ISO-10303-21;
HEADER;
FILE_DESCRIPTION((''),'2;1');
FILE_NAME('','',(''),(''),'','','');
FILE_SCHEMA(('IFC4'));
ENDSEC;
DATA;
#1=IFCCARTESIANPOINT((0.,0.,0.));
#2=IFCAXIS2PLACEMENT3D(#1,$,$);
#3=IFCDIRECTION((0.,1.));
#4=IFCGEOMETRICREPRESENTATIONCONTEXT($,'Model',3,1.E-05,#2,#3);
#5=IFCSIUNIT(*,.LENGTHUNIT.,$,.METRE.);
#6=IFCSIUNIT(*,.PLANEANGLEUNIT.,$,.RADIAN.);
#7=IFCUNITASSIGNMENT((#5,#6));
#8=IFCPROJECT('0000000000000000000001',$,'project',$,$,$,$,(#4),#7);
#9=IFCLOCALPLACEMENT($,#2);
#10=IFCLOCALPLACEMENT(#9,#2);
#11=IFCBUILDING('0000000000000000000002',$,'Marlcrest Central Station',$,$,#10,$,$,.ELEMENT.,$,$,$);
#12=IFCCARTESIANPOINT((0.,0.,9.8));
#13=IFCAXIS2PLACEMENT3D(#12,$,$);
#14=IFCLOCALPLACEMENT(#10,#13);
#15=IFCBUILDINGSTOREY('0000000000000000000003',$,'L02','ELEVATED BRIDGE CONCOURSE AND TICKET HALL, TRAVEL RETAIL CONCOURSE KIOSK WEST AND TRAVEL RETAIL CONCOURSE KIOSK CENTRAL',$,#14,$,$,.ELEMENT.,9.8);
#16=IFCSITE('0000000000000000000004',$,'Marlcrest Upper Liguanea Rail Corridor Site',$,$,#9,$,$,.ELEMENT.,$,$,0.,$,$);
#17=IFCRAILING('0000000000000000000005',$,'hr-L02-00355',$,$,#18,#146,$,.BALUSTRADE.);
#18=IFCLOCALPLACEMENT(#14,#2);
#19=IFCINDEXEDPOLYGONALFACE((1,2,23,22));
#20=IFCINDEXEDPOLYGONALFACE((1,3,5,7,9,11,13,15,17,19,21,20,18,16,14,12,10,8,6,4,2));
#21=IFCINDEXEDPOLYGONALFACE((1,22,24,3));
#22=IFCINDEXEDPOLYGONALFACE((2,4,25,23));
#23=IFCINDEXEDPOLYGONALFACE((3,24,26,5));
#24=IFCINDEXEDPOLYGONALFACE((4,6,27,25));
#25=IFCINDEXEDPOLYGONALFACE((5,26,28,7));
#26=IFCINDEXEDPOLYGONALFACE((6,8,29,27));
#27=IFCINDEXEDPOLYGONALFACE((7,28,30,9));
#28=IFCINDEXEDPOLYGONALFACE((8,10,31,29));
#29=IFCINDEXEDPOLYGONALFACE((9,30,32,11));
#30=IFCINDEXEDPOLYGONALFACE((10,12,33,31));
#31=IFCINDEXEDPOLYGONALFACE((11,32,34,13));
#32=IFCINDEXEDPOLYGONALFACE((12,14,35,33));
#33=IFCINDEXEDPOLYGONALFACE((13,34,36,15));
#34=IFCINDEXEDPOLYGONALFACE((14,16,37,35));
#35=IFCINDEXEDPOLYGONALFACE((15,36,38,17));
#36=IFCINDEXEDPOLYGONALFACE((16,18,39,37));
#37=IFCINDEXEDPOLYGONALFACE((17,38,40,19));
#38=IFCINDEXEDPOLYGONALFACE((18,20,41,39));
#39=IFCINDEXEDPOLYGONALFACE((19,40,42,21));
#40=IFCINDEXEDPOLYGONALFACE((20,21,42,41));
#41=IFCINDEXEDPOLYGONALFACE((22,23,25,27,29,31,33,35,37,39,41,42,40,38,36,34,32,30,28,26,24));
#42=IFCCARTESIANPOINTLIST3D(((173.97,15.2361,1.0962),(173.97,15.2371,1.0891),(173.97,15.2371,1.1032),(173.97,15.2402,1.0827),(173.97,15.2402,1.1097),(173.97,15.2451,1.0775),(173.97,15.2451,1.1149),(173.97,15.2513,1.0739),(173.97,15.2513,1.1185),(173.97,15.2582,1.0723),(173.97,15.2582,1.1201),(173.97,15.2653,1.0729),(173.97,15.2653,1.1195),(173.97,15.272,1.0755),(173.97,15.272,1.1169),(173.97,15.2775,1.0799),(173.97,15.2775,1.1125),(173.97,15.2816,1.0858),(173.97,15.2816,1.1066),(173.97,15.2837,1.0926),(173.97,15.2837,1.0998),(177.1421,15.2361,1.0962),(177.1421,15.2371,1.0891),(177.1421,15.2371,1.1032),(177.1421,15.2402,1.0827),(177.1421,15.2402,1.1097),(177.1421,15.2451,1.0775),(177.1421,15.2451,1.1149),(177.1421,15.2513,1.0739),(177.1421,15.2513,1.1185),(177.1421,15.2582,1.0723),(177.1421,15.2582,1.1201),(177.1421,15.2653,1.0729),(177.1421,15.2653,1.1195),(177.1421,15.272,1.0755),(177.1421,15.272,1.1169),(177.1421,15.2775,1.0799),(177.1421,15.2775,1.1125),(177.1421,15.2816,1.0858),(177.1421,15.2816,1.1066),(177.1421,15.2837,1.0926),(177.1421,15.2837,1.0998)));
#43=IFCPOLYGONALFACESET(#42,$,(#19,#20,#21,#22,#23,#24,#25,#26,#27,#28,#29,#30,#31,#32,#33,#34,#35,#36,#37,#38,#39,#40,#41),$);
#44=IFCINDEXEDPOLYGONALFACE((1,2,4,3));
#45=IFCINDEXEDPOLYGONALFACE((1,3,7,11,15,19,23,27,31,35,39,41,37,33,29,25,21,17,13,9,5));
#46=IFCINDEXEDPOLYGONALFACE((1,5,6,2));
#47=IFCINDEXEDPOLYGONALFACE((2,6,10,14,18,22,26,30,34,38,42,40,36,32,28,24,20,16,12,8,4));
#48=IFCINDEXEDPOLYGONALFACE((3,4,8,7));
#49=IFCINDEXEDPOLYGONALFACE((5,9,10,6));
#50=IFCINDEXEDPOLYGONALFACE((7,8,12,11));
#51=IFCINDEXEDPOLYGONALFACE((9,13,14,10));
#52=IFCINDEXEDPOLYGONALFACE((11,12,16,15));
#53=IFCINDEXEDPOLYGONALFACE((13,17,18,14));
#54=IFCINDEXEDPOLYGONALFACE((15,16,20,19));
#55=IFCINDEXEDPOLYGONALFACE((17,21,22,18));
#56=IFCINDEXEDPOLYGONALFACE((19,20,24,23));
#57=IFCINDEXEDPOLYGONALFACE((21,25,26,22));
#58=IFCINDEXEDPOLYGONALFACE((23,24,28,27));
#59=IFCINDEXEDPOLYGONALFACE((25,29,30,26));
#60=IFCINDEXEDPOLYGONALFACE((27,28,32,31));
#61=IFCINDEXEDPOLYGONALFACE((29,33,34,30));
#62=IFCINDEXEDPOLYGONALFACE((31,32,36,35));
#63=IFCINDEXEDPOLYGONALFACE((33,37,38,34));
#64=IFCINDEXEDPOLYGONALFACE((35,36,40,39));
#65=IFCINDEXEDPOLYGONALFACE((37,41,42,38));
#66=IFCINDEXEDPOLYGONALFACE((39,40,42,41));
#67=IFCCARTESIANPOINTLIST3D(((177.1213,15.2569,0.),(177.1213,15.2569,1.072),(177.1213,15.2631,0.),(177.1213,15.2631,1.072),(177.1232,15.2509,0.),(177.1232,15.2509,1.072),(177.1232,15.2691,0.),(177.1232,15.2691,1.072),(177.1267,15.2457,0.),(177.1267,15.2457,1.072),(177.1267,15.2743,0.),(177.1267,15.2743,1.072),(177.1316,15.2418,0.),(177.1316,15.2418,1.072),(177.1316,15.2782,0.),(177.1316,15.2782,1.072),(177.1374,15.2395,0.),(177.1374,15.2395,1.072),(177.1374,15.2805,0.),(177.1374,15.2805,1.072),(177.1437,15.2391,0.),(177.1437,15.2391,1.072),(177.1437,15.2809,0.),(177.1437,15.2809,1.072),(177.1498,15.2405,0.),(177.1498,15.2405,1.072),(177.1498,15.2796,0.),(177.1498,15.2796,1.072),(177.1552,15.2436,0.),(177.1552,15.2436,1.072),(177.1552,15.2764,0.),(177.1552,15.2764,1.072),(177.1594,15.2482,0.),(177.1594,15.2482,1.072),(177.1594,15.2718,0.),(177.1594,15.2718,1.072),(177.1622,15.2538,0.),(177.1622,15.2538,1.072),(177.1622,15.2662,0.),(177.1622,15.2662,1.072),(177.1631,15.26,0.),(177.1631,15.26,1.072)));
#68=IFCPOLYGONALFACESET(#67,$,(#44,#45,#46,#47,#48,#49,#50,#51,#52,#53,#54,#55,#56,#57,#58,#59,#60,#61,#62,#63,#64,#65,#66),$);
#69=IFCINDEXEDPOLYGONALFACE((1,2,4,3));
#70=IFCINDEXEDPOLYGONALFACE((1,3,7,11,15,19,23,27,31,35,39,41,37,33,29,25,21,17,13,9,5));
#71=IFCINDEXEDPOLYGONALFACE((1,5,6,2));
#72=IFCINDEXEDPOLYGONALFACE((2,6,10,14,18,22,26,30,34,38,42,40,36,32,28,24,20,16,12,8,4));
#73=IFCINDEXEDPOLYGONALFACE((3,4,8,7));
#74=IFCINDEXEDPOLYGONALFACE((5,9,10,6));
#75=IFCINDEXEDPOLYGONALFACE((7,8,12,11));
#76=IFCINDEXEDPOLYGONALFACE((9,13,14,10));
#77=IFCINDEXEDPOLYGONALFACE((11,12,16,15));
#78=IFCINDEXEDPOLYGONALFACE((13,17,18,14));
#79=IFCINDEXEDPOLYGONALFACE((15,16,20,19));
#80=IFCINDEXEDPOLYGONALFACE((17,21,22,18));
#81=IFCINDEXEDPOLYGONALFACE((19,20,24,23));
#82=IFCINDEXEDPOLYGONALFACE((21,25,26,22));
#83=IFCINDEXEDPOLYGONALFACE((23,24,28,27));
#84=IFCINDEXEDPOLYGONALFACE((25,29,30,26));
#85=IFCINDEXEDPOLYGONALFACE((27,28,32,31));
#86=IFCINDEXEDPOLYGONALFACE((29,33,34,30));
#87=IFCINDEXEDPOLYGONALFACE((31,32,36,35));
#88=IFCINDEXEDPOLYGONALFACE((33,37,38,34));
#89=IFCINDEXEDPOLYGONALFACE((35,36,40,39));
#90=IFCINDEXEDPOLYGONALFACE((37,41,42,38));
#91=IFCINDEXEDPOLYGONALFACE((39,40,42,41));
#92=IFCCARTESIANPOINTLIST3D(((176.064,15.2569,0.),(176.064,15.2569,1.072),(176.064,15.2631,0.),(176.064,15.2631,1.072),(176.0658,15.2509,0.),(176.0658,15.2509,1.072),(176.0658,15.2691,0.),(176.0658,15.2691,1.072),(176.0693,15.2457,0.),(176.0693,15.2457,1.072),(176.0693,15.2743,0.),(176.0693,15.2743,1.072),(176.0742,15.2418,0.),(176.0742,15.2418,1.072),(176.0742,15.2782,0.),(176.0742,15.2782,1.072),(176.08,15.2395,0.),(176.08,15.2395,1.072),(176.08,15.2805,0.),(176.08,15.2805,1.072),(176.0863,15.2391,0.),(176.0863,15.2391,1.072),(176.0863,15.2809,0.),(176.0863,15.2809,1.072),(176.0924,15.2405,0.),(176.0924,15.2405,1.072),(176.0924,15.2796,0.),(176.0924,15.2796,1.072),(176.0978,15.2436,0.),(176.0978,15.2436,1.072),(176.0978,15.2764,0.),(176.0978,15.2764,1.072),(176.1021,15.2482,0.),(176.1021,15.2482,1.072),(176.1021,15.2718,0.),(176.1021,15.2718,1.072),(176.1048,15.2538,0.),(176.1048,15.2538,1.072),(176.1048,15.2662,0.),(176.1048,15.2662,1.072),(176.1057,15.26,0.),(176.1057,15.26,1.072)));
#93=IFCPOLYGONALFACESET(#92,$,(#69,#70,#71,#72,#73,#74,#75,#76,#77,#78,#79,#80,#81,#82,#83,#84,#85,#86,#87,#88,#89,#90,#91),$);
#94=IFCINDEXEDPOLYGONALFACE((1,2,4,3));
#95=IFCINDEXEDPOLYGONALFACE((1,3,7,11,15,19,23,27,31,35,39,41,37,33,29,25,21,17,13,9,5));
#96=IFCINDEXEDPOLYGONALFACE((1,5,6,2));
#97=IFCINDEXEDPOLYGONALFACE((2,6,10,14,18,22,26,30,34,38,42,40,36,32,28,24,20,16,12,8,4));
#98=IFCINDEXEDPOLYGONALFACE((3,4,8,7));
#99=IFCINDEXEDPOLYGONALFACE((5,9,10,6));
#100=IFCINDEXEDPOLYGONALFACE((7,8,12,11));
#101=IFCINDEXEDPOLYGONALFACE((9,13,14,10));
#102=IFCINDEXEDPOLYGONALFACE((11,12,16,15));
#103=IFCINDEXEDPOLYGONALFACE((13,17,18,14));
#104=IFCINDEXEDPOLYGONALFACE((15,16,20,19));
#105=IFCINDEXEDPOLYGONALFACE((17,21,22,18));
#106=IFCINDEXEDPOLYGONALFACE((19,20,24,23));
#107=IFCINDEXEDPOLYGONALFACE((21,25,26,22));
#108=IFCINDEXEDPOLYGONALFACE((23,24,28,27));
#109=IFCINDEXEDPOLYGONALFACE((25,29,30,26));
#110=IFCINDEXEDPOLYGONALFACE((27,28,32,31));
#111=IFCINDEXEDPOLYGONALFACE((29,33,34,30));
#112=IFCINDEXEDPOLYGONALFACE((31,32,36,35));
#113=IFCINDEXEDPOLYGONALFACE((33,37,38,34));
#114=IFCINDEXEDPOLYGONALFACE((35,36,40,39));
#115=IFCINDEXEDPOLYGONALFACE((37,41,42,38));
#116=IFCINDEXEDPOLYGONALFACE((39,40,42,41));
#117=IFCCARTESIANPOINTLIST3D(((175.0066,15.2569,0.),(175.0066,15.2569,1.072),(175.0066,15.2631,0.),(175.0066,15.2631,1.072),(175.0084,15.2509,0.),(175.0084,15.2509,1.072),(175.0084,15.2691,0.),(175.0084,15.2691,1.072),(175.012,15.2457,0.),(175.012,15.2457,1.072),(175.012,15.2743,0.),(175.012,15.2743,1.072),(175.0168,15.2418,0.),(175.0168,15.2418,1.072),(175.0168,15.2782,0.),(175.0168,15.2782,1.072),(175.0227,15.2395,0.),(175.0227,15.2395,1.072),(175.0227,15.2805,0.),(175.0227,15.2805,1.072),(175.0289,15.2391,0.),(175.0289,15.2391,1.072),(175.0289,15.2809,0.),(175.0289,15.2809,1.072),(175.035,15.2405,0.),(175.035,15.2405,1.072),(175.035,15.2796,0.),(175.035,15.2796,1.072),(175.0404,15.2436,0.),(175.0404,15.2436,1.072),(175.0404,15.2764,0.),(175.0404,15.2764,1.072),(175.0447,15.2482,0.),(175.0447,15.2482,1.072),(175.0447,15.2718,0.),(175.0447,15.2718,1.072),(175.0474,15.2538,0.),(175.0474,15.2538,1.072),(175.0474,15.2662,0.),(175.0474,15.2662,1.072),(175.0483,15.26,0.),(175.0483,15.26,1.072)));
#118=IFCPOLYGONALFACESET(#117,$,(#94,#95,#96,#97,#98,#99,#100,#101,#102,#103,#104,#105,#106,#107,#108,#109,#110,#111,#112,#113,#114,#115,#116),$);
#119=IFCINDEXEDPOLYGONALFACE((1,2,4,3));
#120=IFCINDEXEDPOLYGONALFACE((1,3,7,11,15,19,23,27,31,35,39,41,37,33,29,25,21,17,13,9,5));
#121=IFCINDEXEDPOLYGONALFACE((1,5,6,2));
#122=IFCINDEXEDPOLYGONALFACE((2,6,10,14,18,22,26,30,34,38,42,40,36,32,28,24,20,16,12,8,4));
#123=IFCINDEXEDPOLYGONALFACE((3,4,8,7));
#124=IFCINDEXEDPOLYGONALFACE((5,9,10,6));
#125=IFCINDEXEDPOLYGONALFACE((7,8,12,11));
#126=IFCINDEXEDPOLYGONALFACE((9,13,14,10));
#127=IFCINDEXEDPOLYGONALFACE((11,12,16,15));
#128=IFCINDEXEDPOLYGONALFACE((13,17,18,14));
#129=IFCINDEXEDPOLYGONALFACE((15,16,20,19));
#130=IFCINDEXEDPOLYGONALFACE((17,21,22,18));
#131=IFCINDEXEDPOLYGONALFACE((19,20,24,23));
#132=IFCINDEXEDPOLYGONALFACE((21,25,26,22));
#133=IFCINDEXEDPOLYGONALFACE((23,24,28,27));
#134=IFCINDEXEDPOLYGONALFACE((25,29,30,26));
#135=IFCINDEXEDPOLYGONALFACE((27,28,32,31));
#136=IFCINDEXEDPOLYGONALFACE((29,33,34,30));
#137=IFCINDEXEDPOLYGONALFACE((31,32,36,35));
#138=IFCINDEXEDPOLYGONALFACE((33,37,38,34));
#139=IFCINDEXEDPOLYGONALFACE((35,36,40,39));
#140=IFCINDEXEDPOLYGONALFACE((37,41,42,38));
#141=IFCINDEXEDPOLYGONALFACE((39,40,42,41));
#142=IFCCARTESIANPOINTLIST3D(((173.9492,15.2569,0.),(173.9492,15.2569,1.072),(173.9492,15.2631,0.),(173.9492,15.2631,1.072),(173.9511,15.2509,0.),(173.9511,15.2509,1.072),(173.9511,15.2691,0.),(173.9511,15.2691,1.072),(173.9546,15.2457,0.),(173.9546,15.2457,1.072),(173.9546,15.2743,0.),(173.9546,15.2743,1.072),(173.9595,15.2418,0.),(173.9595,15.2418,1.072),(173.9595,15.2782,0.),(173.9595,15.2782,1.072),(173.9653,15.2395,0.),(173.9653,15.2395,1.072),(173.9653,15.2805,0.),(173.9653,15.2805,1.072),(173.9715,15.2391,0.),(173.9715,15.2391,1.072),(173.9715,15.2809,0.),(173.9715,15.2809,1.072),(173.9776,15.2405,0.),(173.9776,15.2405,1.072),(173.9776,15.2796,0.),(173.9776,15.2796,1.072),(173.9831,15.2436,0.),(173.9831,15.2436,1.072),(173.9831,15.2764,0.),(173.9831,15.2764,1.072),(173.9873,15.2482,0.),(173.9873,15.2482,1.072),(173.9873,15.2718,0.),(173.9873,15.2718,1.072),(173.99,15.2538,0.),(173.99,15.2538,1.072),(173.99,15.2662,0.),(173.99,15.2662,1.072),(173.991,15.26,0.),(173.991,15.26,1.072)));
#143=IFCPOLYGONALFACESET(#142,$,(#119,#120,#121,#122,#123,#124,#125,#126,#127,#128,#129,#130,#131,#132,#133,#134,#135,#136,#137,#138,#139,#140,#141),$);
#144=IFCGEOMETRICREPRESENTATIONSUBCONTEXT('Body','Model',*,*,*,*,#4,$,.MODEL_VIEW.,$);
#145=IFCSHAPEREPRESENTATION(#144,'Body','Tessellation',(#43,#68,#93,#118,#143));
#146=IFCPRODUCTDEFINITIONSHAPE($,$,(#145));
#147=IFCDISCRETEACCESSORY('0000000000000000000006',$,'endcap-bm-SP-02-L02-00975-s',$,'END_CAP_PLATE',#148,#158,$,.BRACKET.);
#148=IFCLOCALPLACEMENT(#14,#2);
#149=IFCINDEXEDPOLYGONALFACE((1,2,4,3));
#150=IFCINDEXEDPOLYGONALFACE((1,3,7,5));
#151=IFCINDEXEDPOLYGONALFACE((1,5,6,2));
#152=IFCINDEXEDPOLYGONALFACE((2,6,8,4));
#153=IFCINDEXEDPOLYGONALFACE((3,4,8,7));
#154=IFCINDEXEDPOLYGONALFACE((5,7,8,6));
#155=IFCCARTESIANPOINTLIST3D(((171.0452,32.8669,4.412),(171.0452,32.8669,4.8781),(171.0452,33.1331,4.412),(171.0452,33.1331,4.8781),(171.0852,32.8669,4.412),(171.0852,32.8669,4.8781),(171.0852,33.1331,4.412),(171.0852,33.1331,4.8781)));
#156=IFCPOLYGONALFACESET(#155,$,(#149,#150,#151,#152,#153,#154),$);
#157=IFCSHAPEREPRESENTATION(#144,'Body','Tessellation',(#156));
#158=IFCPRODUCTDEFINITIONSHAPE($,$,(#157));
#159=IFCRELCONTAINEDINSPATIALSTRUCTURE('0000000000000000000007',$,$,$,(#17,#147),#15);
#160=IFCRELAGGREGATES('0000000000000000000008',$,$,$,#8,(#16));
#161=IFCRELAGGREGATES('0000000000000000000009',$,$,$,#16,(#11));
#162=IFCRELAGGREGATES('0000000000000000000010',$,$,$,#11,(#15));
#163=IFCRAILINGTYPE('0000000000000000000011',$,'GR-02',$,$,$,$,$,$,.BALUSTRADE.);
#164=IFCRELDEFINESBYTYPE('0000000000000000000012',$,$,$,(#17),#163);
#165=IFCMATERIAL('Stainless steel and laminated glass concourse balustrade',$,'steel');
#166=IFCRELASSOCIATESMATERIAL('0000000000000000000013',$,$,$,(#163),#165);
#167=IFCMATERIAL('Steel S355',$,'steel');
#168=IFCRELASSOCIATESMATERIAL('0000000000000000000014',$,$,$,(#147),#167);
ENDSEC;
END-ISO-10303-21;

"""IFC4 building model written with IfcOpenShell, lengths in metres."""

from ifc_helpers import new_model, si_unit, direction, frame, origin, origin_2d, place, context, subcontext, project, spatial, rectangle, circle, extrude, material, type_object, element, save


model = new_model("IFC4")

# Units and contexts
model_context = context("Model", 3, precision=1e-05, world=origin(), true_north=direction((0.0, 1.0)))
body_context = subcontext(model_context, "Body", "Model", "MODEL_VIEW")
ifc_project = project(units=[si_unit("LENGTHUNIT", "METRE"), si_unit("PLANEANGLEUNIT", "RADIAN")], contexts=[model_context])

# Site, building, storey
site_placement = place(None, origin())
site = spatial("IfcSite", under=ifc_project, at=site_placement, Name="Marlcrest Upper Liguanea Rail Corridor Site", CompositionType="ELEMENT", RefElevation=0.0)
building_placement = place(site_placement, origin())
building = spatial("IfcBuilding", under=site, at=building_placement, Name="Marlcrest Central Station", CompositionType="ELEMENT")
storey_placement = place(building_placement, frame((0.0, 0.0, 9.8)))
storey = spatial("IfcBuildingStorey", under=building, at=storey_placement, Name="L02", Description="ELEVATED BRIDGE CONCOURSE AND TICKET HALL, TRAVEL RETAIL CONCOURSE KIOSK WEST AND TRAVEL RETAIL CONCOURSE KIOSK CENTRAL", CompositionType="ELEMENT", Elevation=9.8)

# Shared definitions
ifc_material_1 = material(Name="Steel S355", Category="steel")

# Railing
ifc_material_2 = material(Name="Stainless steel and laminated glass concourse balustrade", Category="steel")
railing_type = type_object("IfcRailingType", Name="GR-02", PredefinedType="BALUSTRADE", material=ifc_material_2)
railing_placement = place(storey_placement, frame((177.1421, 15.26, 0.0)))
element("IfcRailing", 1, at=railing_placement, inside=storey, type_object=railing_type, Name="hr-L02-00355", PredefinedType="BALUSTRADE", context=body_context, shape_type="SweptSolid", body=[
    extrude(circle(Radius=0.0239, at=origin_2d()), frame((0.0, 0.0, 1.0962), z_axis=(-1.0, 0.0, 0.0), x_axis=(0.0, -1.0, 0.0)), (0.0, 0.0, 1.0), 3.1721),
    extrude(circle(Radius=0.021, at=origin_2d()), origin(), (0.0, 0.0, 1.0), 1.072),
    extrude(circle(Radius=0.021, at=origin_2d()), frame((-1.0574, 0.0, 0.0)), (0.0, 0.0, 1.0), 1.072),
    extrude(circle(Radius=0.021, at=origin_2d()), frame((-2.1147, 0.0, 0.0)), (0.0, 0.0, 1.0), 1.072),
    extrude(circle(Radius=0.021, at=origin_2d()), frame((-3.1721, 0.0, 0.0)), (0.0, 0.0, 1.0), 1.072),
])

# Discrete accessory
discrete_accessory_placement = place(storey_placement, frame((171.0452, 33.0, 4.645), z_axis=(1.0, 0.0, 0.0), x_axis=(0.0, 1.0, 0.0)))
element("IfcDiscreteAccessory", 2, at=discrete_accessory_placement, inside=storey, material=ifc_material_1, Name="endcap-bm-SP-02-L02-00975-s", ObjectType="END_CAP_PLATE", PredefinedType="BRACKET", context=body_context, shape_type="SweptSolid", body=[
    extrude(rectangle(XDim=0.2661, YDim=0.4661, at=origin_2d()), origin(), (0.0, 0.0, 1.0), 0.04),
])

save(model, "model.ifc")
